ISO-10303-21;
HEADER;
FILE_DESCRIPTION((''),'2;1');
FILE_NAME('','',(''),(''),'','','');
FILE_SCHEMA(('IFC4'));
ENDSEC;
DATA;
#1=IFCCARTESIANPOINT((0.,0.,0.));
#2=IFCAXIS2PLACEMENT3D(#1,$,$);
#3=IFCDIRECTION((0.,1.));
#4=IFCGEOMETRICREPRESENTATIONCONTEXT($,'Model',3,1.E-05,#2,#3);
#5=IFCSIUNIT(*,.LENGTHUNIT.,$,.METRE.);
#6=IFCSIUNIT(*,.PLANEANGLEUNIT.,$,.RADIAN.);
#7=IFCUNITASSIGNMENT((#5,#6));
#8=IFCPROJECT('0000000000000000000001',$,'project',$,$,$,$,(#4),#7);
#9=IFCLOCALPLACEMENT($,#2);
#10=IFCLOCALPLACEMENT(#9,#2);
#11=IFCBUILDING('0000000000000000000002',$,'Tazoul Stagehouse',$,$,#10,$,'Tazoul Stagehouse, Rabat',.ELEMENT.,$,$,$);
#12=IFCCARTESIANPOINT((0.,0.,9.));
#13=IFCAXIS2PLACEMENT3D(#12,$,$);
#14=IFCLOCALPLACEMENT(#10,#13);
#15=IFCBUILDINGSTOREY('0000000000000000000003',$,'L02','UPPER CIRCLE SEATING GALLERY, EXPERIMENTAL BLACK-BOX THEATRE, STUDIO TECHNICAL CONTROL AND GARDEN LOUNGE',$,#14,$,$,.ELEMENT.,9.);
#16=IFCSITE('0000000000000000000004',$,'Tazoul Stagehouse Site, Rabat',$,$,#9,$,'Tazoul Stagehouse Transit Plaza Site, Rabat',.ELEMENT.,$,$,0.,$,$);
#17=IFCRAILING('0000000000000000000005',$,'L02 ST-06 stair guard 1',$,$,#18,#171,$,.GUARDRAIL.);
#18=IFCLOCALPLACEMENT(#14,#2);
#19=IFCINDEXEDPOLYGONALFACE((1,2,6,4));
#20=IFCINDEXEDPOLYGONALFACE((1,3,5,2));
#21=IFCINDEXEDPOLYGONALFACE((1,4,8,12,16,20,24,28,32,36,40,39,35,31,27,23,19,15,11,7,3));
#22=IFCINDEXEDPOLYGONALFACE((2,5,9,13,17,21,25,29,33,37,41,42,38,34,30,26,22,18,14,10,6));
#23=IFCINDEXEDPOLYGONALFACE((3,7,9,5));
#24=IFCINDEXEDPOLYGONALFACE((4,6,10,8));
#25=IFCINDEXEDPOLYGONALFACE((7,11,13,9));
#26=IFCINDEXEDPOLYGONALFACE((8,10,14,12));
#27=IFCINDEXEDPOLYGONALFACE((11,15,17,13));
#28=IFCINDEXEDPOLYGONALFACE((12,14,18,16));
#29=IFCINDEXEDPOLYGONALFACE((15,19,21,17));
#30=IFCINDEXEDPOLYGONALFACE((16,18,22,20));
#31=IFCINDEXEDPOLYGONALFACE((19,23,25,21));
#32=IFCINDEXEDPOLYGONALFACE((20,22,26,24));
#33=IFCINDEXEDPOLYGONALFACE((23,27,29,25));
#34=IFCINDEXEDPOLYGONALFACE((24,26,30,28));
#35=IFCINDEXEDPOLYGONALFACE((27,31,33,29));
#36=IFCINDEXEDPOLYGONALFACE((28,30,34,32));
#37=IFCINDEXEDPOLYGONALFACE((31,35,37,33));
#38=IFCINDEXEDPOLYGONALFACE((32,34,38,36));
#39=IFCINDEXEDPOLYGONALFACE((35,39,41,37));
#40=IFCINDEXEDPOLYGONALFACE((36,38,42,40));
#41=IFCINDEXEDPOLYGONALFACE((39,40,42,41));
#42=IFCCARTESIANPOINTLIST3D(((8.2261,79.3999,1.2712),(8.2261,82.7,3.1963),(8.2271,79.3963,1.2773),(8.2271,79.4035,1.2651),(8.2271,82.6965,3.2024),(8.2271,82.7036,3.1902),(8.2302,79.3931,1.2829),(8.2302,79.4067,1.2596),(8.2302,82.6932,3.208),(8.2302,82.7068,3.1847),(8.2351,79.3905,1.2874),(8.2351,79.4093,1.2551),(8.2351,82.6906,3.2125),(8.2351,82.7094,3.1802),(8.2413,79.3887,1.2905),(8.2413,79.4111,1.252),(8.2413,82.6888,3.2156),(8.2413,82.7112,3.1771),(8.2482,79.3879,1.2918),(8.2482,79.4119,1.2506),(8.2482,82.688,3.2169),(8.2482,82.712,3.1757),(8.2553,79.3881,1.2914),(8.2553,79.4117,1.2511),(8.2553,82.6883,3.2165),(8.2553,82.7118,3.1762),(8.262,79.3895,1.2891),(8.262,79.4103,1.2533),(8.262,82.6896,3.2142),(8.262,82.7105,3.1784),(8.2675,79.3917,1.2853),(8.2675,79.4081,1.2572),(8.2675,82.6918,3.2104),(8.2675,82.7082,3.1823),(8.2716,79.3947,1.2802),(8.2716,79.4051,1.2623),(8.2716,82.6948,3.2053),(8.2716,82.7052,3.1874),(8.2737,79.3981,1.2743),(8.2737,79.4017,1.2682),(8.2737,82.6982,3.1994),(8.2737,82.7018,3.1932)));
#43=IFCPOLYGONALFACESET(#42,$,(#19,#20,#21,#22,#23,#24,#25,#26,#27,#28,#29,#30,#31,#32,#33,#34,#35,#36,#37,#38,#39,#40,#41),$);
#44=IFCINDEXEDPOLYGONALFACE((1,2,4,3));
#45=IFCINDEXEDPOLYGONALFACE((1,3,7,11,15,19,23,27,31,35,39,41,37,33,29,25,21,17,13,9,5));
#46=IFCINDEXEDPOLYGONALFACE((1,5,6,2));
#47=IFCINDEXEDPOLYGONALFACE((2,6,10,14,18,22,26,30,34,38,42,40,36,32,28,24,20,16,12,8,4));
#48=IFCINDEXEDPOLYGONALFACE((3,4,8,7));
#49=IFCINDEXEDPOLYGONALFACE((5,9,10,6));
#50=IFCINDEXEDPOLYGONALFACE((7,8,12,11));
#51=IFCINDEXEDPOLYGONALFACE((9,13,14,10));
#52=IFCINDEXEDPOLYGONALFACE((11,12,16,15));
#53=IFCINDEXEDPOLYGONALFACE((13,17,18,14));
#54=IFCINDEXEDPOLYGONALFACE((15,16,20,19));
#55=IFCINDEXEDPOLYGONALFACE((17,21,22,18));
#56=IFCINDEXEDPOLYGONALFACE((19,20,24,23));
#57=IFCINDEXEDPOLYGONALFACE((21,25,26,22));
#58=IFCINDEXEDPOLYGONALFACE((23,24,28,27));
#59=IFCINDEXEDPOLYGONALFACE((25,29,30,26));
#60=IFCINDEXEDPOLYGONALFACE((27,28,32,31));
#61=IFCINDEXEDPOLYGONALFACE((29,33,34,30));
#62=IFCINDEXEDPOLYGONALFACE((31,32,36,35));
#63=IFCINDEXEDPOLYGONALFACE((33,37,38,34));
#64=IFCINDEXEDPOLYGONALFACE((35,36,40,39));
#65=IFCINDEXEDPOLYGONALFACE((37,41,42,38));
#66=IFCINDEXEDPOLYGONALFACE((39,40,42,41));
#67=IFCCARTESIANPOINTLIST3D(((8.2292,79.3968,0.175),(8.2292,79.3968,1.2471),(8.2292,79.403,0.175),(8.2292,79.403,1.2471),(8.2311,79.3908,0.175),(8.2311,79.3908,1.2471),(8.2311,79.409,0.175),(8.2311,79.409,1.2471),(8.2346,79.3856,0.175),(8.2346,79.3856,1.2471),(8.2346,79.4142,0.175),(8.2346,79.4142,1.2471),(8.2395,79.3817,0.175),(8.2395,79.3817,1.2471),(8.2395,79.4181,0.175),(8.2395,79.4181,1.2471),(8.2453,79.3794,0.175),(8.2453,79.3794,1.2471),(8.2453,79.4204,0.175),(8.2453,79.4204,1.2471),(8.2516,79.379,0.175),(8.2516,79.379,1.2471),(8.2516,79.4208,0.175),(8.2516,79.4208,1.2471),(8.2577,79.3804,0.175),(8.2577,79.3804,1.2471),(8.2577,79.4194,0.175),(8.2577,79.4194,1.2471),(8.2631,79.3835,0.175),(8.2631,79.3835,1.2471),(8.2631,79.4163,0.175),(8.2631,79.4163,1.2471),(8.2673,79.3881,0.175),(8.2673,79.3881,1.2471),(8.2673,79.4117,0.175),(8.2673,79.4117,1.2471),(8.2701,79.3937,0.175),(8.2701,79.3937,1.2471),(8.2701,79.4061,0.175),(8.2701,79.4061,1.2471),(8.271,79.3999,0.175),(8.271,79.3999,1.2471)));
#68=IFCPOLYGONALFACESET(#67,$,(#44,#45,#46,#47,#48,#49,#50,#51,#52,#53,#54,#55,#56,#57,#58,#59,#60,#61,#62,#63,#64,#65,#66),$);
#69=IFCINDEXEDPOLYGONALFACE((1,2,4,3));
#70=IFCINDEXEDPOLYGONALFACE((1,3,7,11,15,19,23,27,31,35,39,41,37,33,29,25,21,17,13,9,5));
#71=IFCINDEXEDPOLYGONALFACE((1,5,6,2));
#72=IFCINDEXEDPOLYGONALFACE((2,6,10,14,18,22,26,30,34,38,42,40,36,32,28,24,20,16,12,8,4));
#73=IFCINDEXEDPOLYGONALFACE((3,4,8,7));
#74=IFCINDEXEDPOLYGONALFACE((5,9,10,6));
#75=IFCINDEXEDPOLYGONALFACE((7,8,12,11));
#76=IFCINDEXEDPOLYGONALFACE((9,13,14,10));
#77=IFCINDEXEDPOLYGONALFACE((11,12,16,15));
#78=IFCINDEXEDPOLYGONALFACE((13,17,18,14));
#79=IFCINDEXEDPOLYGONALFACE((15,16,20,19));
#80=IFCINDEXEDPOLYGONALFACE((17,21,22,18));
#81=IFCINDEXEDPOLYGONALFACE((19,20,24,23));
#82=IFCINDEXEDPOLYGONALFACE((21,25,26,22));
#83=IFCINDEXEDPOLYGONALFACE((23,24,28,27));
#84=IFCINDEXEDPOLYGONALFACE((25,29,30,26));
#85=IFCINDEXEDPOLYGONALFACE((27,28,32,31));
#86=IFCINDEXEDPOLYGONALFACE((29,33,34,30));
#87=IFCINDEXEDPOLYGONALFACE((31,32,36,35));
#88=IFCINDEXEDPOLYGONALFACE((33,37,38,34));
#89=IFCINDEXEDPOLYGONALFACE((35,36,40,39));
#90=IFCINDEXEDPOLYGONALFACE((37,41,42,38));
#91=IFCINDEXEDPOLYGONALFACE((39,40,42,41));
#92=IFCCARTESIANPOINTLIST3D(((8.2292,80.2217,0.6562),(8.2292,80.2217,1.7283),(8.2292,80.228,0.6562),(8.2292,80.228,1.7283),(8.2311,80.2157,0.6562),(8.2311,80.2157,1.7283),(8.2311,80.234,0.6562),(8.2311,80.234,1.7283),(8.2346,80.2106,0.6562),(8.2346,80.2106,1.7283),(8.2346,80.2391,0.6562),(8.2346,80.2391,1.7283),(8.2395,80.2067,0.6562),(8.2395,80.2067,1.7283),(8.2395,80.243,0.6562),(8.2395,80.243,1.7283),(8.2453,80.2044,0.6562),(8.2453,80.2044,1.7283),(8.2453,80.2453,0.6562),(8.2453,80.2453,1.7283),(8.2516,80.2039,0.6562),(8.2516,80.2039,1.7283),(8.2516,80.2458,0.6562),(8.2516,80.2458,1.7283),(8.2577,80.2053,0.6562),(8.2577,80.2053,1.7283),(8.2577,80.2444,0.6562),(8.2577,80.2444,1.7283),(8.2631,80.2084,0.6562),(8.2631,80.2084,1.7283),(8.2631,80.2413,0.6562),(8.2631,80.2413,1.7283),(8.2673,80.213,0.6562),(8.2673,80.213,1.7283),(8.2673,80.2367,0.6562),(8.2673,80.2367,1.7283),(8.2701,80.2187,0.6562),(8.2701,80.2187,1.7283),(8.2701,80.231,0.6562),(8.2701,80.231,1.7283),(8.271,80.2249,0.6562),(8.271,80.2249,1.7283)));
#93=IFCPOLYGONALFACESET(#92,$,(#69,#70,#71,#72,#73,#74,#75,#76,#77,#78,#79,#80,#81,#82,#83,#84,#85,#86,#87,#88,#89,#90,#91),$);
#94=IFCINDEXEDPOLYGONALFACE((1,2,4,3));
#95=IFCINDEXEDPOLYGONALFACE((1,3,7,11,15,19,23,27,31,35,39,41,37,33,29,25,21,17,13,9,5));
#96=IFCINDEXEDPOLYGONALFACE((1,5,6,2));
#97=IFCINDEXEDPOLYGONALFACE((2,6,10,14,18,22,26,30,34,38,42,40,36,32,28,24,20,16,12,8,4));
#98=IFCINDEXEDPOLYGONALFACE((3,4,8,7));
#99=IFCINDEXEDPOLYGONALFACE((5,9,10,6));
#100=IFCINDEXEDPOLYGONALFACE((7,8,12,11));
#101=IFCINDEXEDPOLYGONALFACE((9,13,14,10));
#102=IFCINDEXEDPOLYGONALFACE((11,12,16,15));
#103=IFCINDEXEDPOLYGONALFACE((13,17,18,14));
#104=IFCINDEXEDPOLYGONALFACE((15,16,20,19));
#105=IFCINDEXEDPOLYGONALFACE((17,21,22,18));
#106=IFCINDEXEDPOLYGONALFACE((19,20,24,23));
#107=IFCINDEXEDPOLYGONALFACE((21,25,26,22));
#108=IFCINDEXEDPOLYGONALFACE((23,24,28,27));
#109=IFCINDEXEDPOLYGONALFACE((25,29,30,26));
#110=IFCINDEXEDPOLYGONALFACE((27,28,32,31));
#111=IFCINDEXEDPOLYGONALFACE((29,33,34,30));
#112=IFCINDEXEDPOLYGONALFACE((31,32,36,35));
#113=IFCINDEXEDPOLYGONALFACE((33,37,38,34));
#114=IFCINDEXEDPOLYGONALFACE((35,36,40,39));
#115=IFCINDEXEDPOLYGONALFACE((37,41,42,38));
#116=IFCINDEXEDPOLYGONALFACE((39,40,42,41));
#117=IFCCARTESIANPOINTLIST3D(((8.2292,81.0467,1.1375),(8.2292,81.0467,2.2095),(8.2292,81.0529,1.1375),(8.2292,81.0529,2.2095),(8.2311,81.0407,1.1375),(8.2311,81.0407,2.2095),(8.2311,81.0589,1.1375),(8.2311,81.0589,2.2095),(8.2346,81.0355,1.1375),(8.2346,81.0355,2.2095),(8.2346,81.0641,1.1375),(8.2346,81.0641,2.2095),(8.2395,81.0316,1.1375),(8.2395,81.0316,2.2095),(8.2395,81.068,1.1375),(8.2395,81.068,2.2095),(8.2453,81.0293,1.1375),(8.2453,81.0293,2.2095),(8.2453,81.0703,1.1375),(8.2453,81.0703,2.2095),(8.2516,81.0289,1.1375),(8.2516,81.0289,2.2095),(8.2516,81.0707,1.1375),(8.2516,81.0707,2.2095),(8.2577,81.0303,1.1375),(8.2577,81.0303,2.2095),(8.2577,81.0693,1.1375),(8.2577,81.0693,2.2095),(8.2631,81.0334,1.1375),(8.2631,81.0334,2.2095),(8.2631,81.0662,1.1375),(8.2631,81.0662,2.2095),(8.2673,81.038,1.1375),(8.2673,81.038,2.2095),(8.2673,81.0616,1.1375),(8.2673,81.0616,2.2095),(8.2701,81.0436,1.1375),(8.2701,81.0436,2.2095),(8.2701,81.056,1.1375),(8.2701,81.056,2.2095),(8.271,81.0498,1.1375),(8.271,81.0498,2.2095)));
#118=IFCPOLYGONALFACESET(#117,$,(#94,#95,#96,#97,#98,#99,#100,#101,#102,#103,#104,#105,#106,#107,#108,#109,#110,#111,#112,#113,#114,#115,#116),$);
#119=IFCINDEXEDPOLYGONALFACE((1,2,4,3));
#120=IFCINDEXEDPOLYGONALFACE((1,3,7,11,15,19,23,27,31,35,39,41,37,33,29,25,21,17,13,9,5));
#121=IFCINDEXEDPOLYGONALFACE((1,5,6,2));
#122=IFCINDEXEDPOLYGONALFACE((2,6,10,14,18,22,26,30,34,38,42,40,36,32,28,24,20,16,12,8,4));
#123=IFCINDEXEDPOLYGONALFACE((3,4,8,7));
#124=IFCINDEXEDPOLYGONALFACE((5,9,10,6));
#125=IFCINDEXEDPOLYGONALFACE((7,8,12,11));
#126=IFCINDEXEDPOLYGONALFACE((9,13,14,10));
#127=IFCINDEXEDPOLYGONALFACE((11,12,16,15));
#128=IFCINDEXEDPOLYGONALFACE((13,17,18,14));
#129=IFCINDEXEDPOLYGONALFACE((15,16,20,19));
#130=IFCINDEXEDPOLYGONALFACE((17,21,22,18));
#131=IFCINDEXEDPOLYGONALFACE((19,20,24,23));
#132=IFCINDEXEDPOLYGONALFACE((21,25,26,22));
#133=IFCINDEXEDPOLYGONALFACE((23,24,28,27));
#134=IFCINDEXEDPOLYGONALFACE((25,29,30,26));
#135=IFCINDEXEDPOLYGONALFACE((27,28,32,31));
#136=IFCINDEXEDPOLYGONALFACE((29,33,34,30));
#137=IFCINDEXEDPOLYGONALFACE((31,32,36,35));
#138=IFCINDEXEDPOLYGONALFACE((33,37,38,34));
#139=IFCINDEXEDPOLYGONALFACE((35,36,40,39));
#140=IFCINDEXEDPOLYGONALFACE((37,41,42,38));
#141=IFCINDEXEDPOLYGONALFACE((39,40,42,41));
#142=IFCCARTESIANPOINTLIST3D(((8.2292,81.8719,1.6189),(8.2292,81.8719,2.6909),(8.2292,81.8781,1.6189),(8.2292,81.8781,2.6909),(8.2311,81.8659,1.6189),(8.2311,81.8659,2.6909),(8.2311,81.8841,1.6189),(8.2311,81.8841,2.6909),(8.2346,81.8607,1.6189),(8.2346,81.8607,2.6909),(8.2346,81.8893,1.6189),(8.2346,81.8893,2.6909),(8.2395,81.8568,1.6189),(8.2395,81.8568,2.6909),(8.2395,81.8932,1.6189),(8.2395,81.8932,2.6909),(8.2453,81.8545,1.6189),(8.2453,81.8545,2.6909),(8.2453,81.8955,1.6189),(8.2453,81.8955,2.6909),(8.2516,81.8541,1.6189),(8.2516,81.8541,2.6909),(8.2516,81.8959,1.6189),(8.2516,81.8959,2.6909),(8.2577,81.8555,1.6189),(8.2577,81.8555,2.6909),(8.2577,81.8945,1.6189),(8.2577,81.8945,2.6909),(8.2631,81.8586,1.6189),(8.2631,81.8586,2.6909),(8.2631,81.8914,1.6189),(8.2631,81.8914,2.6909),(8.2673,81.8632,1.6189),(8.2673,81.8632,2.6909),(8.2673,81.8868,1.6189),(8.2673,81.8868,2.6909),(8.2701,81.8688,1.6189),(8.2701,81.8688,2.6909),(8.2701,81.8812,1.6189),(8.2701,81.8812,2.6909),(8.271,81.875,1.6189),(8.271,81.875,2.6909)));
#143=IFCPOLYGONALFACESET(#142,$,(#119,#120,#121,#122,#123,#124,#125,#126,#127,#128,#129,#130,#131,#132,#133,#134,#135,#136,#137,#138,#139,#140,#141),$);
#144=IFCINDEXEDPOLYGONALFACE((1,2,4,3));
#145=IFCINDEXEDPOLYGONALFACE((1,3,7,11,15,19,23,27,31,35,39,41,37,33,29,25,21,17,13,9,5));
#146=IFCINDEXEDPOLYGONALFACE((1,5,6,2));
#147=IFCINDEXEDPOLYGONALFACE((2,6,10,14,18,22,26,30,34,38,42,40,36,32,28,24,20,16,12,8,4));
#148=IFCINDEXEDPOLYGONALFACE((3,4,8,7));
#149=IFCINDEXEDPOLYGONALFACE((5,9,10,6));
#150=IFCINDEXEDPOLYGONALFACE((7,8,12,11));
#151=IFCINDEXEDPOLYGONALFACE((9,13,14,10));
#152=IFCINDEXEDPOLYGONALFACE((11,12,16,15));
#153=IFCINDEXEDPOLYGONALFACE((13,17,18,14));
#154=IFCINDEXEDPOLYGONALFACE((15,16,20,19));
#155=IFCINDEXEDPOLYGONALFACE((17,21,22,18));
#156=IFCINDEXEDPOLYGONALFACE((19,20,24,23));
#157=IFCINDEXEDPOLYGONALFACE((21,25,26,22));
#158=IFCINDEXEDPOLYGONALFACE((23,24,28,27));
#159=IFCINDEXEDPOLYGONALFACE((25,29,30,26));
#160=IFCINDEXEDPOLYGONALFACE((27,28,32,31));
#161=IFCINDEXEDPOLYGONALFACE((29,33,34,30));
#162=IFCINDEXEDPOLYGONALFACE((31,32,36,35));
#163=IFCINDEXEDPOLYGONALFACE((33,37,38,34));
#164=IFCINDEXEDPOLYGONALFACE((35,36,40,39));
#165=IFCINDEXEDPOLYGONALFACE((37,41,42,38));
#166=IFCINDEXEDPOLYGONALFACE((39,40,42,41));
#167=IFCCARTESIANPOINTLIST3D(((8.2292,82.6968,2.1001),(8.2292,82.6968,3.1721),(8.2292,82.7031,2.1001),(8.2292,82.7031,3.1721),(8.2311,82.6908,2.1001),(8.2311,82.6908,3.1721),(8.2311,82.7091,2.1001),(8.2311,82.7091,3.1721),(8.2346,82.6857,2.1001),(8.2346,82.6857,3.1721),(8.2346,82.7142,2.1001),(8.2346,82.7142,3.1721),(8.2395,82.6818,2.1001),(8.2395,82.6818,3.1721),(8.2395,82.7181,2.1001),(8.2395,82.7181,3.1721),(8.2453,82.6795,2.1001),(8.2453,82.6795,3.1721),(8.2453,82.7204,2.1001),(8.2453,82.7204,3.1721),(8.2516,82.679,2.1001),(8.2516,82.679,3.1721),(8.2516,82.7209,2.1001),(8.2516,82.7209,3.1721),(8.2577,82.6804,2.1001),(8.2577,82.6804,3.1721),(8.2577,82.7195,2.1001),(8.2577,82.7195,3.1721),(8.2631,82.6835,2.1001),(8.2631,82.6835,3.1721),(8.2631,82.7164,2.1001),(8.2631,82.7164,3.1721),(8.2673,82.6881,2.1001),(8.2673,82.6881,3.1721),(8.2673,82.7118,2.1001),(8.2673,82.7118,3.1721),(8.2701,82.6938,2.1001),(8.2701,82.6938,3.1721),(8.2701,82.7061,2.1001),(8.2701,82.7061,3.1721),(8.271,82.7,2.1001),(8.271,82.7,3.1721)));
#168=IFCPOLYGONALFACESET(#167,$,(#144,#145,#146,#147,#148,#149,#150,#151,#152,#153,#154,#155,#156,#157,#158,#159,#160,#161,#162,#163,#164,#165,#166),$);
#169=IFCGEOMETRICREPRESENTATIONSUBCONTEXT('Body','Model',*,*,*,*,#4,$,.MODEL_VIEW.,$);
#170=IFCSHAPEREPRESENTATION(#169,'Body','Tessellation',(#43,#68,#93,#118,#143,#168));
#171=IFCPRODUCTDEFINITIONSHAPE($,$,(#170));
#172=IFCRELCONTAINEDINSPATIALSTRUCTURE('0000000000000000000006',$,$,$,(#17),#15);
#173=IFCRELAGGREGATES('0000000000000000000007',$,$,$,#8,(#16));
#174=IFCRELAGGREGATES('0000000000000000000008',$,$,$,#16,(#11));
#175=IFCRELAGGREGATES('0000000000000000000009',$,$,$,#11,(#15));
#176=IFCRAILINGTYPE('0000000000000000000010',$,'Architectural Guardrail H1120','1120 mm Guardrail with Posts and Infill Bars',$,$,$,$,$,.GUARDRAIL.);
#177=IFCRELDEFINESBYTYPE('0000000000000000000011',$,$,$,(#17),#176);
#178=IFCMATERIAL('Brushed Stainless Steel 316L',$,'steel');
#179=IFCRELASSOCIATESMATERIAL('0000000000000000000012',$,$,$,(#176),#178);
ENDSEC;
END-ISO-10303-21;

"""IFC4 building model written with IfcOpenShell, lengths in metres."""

from ifc_helpers import new_model, si_unit, direction, frame, origin, origin_2d, place, context, subcontext, project, spatial, circle, extrude, material, material_profile, profile_set, type_object, element, save


model = new_model("IFC4")

# Units and contexts
model_context = context("Model", 3, precision=1e-05, world=origin(), true_north=direction((0.0, 1.0)))
body_context = subcontext(model_context, "Body", "Model", "MODEL_VIEW")
ifc_project = project(units=[si_unit("LENGTHUNIT", "METRE"), si_unit("PLANEANGLEUNIT", "RADIAN")], contexts=[model_context])

# Site, building, storey
site_placement = place(None, origin())
site = spatial("IfcSite", under=ifc_project, at=site_placement, Name="Tazoul Stagehouse Site, Rabat", LongName="Tazoul Stagehouse Transit Plaza Site, Rabat", CompositionType="ELEMENT", RefElevation=0.0)
building_placement = place(site_placement, origin())
building = spatial("IfcBuilding", under=site, at=building_placement, Name="Tazoul Stagehouse", LongName="Tazoul Stagehouse, Rabat", CompositionType="ELEMENT")
storey_placement = place(building_placement, frame((0.0, 0.0, 9.0)))
storey = spatial("IfcBuildingStorey", under=building, at=storey_placement, Name="L02", Description="UPPER CIRCLE SEATING GALLERY, EXPERIMENTAL BLACK-BOX THEATRE, STUDIO TECHNICAL CONTROL AND GARDEN LOUNGE", CompositionType="ELEMENT", Elevation=9.0)

# Railing
ifc_material_1 = material(Name="Brushed Stainless Steel 316L", Category="steel")
ifc_material_profile_1 = material_profile(ifc_material_1, circle(Radius=0.0239, at=origin_2d()), Name="SS RAIL D48")
ifc_profile_set_1 = profile_set([ifc_material_profile_1], Name="Brushed Stainless Steel 316L")
railing_type_1 = type_object("IfcRailingType", Name="Architectural Guardrail H1120", Description="1120 mm Guardrail with Posts and Infill Bars", PredefinedType="GUARDRAIL", material=ifc_profile_set_1)
railing_1_placement = place(storey_placement, frame((8.25, 79.3999, 0.175)))
element("IfcRailing", 1, at=railing_1_placement, inside=storey, type_object=railing_type_1, Name="L02 ST-06 stair guard 1", PredefinedType="GUARDRAIL", context=body_context, shape_type="SweptSolid", body=[
    extrude(circle(Radius=0.0239, at=origin_2d()), frame((0.0, 0.0, 1.0962), z_axis=(0.0, 0.863777, 0.503875), x_axis=(-1.0, 0.0, 0.0)), (0.0, 0.0, 1.0), 3.8206),
    extrude(circle(Radius=0.021, at=origin_2d()), origin(), (0.0, 0.0, 1.0), 1.072),
    extrude(circle(Radius=0.021, at=origin_2d()), frame((0.0, 0.825, 0.4812)), (0.0, 0.0, 1.0), 1.072),
    extrude(circle(Radius=0.021, at=origin_2d()), frame((0.0, 1.6499, 0.9624)), (0.0, 0.0, 1.0), 1.072),
    extrude(circle(Radius=0.021, at=origin_2d()), frame((0.0, 2.4751, 1.4438)), (0.0, 0.0, 1.0), 1.072),
    extrude(circle(Radius=0.021, at=origin_2d()), frame((0.0, 3.3, 1.925)), (0.0, 0.0, 1.0), 1.072),
])

save(model, "model.ifc")
